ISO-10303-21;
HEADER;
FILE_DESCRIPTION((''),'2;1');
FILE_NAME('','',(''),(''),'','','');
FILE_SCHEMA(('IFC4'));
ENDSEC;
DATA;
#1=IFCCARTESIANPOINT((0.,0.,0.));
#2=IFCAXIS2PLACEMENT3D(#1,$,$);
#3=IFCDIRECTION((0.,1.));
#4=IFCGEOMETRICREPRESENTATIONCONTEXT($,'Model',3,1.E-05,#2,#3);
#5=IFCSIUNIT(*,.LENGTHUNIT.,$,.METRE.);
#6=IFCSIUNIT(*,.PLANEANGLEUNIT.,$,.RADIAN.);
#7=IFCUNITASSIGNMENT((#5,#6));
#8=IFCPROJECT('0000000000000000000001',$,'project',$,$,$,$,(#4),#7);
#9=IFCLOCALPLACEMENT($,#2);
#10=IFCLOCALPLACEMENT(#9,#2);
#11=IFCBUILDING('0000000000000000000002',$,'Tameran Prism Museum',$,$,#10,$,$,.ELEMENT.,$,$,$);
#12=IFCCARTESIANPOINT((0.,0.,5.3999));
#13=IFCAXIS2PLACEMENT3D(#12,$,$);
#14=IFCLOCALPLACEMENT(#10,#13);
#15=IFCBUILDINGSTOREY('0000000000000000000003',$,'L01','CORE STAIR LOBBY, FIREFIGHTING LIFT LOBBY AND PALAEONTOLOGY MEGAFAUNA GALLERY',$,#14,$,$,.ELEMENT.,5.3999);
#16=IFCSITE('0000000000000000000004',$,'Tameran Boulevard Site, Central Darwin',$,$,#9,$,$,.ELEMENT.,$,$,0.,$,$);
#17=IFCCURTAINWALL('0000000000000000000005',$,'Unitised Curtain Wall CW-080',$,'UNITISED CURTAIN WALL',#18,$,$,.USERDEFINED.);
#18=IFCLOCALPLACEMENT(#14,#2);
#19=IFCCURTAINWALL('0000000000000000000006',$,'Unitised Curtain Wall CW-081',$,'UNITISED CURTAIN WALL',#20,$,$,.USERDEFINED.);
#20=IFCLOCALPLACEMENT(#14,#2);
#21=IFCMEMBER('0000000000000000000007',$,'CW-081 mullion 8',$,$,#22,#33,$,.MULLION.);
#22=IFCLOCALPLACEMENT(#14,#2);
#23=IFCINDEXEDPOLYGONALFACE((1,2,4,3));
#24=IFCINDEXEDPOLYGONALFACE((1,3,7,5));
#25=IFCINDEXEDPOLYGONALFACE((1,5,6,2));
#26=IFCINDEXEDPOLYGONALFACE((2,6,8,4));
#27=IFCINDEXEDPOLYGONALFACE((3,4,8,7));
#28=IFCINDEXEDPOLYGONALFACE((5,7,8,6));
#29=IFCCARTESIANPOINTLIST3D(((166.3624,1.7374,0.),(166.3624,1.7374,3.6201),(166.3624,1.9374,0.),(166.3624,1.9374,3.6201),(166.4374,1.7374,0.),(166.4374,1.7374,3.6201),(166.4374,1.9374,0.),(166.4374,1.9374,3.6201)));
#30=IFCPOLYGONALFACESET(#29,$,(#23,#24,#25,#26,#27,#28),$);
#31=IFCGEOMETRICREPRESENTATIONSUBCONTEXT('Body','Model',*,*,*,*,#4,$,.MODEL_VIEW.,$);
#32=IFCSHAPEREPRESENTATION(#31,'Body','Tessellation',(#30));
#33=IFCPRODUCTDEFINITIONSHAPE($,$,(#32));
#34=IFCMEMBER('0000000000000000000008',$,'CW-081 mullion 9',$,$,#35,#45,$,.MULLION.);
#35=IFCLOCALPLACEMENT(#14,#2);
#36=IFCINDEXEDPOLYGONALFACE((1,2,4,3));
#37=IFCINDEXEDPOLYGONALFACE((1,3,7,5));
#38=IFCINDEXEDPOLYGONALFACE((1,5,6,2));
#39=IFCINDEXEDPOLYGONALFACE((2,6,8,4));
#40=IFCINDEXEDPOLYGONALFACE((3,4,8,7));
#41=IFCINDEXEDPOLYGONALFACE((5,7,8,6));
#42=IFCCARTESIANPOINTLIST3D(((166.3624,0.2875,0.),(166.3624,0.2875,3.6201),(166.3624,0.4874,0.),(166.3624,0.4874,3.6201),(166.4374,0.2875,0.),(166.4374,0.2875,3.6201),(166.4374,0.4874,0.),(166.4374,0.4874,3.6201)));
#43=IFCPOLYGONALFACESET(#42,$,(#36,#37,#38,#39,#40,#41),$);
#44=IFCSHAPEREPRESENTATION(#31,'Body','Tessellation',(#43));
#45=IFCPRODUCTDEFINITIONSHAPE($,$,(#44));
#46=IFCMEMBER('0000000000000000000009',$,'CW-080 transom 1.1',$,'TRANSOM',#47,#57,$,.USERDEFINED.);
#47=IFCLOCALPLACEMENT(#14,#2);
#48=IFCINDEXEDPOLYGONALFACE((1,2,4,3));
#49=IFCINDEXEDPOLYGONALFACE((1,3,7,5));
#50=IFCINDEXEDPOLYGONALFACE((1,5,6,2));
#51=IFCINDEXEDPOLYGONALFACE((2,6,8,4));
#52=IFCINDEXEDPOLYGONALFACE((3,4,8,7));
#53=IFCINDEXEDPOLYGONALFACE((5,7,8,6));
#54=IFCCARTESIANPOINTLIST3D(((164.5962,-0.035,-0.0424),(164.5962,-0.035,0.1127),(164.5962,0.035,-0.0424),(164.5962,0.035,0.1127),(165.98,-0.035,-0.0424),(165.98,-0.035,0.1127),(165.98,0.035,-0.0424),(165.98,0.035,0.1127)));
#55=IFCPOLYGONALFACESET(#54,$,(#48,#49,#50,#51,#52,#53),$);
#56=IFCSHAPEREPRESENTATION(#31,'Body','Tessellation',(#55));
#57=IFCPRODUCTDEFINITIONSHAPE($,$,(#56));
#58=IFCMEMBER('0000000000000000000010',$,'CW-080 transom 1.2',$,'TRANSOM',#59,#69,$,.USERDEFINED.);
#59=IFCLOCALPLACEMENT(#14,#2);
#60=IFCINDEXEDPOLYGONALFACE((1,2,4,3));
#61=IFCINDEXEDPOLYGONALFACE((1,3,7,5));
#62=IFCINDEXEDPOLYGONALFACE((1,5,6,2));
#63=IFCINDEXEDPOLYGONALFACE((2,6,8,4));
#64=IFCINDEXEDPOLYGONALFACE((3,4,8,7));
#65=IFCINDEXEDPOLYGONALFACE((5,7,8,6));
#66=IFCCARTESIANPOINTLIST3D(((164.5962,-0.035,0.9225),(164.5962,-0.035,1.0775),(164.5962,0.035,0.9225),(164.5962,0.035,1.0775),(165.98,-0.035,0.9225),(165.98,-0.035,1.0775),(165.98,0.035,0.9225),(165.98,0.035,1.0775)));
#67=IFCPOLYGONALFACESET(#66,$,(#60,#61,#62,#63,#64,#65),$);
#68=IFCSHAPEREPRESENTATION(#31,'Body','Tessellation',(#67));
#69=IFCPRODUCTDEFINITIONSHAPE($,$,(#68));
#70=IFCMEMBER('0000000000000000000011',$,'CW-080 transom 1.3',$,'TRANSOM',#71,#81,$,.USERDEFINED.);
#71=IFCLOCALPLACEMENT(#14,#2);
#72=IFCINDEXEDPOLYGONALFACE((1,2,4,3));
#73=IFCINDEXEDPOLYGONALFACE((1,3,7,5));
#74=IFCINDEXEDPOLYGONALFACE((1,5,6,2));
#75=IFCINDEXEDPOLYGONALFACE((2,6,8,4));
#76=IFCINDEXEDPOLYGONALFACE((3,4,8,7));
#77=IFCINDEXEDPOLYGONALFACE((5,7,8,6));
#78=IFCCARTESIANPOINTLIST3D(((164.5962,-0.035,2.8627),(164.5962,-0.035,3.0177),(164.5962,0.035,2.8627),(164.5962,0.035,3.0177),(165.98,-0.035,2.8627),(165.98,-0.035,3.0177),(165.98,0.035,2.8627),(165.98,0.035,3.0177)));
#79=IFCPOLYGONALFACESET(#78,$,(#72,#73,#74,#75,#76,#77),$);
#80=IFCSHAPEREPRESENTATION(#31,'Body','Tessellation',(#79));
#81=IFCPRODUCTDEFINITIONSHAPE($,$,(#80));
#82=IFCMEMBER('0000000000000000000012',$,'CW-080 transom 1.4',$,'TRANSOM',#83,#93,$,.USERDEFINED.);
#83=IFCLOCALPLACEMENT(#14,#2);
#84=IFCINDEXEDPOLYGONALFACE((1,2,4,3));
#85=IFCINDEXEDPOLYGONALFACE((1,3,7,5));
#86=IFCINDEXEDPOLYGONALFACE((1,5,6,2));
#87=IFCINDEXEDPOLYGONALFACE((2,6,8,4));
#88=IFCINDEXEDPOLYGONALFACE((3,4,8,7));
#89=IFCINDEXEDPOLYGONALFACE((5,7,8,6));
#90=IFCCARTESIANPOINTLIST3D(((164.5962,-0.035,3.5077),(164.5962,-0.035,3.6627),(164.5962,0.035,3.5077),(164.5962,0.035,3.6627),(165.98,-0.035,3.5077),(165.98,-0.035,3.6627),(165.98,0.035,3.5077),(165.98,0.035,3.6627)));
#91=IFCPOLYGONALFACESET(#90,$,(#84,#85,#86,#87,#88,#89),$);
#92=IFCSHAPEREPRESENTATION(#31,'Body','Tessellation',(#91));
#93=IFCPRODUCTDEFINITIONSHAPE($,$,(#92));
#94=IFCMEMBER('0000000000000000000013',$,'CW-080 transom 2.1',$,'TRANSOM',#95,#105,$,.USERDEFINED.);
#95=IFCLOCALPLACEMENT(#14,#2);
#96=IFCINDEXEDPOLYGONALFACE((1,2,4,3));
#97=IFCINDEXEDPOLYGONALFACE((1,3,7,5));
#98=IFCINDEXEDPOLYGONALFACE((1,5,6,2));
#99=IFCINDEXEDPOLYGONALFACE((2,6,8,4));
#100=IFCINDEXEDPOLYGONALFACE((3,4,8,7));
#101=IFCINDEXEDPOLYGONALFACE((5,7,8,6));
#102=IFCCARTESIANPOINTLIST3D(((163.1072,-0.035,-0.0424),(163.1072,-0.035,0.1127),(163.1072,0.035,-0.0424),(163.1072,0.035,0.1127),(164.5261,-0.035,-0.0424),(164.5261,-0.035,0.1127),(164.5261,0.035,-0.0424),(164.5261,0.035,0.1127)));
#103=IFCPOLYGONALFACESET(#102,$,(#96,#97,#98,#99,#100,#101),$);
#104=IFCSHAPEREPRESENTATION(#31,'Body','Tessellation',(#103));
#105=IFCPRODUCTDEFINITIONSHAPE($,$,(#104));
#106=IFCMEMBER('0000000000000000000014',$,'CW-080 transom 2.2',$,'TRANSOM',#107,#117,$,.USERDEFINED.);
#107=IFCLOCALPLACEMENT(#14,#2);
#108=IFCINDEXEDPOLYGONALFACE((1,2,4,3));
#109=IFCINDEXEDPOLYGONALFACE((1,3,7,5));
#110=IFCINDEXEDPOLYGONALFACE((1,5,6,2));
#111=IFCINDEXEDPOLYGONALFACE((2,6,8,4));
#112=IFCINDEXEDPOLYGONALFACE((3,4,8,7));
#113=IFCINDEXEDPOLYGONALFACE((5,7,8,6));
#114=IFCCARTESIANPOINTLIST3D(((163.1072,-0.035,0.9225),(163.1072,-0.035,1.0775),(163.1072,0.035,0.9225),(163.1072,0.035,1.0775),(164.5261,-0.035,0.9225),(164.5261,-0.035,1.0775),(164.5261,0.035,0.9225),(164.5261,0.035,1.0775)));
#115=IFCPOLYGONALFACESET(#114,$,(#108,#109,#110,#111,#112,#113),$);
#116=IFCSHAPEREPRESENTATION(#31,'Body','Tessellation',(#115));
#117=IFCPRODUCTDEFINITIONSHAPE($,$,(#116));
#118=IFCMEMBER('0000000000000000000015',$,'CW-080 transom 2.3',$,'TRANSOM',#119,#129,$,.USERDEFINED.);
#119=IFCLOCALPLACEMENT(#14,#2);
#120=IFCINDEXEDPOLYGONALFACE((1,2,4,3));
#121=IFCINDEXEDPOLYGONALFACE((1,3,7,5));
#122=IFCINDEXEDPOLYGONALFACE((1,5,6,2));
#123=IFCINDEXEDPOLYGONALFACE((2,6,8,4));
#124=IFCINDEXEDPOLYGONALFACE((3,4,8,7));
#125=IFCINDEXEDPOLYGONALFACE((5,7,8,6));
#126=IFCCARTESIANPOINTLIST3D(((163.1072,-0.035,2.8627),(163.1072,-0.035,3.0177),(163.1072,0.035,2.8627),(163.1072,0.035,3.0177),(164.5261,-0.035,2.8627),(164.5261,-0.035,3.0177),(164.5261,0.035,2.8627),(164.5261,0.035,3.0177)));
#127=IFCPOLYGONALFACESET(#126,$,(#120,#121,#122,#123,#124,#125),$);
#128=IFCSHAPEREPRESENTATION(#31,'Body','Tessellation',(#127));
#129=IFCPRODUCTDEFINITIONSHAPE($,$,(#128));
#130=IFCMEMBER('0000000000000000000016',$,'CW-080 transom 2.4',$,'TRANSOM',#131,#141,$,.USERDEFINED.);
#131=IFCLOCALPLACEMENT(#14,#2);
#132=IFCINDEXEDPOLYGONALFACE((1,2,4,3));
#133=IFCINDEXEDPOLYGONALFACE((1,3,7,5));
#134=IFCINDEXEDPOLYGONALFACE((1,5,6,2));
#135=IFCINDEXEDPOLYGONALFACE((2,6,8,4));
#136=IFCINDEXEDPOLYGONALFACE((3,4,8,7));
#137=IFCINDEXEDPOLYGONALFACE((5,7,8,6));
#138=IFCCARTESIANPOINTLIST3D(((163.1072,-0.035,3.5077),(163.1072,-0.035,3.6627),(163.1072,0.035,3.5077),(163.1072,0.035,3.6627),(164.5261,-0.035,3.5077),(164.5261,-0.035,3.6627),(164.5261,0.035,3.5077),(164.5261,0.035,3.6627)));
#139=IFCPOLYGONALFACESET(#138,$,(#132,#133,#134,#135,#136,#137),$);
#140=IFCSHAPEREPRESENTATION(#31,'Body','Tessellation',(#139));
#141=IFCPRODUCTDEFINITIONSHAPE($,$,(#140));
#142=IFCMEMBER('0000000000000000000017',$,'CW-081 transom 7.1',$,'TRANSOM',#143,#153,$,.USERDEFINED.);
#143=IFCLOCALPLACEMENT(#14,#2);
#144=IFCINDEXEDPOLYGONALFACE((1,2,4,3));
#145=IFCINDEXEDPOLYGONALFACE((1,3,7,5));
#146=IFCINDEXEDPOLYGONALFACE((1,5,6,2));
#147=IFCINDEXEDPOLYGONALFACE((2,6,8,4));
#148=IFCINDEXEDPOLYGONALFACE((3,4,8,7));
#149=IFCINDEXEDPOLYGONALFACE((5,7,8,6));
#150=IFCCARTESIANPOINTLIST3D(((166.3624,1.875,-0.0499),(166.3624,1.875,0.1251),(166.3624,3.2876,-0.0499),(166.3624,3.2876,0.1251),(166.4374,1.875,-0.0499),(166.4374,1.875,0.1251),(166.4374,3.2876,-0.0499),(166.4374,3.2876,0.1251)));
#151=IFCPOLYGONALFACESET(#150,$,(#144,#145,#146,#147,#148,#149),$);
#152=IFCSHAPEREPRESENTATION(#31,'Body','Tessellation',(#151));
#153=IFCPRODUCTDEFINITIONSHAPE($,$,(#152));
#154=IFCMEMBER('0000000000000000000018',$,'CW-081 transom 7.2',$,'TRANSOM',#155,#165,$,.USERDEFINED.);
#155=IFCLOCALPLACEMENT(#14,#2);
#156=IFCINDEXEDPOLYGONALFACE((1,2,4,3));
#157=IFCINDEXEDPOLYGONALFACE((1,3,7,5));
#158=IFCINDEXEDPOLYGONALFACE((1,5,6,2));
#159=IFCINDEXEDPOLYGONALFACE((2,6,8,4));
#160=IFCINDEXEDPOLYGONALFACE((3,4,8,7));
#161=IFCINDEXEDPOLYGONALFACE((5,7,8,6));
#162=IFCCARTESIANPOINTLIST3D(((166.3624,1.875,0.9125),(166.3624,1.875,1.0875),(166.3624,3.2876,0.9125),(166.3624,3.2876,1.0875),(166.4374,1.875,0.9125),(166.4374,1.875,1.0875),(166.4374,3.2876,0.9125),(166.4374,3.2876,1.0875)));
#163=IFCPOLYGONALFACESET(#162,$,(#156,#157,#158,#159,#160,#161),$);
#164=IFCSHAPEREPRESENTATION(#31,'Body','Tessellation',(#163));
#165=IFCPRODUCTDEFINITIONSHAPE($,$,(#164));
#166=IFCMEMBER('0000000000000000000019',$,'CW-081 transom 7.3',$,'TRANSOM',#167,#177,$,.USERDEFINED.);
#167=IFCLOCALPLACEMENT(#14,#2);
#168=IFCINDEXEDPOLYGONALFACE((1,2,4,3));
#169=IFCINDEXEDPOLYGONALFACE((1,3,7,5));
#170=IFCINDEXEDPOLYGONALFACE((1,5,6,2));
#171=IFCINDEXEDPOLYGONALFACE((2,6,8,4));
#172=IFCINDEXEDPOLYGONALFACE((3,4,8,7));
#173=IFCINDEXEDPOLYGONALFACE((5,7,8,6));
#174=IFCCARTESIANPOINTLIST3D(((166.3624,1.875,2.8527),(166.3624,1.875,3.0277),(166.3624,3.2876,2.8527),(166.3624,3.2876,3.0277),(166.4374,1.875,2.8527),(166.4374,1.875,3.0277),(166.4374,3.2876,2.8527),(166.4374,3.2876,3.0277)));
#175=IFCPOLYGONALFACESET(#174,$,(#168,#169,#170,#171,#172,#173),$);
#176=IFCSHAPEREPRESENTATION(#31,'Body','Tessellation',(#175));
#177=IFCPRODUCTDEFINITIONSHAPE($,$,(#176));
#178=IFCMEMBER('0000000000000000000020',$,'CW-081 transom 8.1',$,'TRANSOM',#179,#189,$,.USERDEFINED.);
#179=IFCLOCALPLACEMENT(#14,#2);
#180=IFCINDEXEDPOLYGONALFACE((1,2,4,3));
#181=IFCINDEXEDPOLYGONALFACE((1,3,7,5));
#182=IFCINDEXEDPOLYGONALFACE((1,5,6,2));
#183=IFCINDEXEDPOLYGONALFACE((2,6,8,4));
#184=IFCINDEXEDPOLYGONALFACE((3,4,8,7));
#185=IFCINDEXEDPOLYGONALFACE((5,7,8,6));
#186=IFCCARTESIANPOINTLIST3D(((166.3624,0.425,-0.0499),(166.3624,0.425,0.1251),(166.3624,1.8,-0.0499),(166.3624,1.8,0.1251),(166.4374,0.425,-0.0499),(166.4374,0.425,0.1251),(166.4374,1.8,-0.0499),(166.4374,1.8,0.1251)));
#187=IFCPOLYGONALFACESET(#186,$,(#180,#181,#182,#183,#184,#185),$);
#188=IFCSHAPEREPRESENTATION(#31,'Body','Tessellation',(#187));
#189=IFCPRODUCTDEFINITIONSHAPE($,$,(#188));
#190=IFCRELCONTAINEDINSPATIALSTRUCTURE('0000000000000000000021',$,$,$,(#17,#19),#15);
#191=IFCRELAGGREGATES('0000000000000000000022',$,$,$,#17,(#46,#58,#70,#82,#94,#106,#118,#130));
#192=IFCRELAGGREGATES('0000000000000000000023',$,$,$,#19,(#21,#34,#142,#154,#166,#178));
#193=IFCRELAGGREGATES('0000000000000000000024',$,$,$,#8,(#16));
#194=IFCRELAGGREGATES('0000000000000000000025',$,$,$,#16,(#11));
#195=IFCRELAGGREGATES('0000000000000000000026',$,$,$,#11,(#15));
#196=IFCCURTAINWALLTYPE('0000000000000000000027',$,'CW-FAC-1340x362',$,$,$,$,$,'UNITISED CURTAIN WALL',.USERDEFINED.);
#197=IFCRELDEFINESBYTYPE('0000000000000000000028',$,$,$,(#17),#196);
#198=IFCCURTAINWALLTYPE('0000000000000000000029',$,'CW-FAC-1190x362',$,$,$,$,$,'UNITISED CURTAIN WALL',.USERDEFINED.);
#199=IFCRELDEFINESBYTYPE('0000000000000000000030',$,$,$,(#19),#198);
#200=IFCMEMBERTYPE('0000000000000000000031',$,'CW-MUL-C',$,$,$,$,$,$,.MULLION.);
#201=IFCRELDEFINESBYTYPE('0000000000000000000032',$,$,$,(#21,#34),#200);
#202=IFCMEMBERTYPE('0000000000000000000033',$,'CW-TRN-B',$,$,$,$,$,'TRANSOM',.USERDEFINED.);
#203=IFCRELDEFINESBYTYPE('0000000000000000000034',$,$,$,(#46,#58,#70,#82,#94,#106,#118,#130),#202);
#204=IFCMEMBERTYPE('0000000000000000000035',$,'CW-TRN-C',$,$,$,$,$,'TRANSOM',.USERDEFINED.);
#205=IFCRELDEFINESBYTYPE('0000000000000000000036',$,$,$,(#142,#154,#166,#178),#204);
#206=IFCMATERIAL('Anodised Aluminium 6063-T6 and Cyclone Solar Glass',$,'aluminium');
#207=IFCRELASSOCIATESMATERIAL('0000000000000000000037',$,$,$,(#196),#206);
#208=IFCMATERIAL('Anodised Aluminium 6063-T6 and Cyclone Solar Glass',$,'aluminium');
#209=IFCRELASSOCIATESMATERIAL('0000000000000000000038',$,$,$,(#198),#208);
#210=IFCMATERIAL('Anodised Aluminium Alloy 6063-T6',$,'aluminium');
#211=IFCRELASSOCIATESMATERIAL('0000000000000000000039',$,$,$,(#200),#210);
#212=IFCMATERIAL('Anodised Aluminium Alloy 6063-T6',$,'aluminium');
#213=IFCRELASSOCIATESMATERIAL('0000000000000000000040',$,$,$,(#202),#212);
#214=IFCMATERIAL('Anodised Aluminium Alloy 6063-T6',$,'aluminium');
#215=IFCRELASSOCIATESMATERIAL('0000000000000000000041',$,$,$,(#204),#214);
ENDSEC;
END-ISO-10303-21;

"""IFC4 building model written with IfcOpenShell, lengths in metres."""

from ifc_helpers import new_model, si_unit, direction, frame, origin, origin_2d, place, context, subcontext, project, spatial, rectangle, extrude, material, material_profile, profile_set, type_object, element, aggregate, save


model = new_model("IFC4")

# Units and contexts
model_context = context("Model", 3, precision=1e-05, world=origin(), true_north=direction((0.0, 1.0)))
body_context = subcontext(model_context, "Body", "Model", "MODEL_VIEW")
ifc_project = project(units=[si_unit("LENGTHUNIT", "METRE"), si_unit("PLANEANGLEUNIT", "RADIAN")], contexts=[model_context])

# Site, building, storey
site_placement = place(None, origin())
site = spatial("IfcSite", under=ifc_project, at=site_placement, Name="Tameran Boulevard Site, Central Darwin", CompositionType="ELEMENT", RefElevation=0.0)
building_placement = place(site_placement, origin())
building = spatial("IfcBuilding", under=site, at=building_placement, Name="Tameran Prism Museum", CompositionType="ELEMENT")
storey_placement = place(building_placement, frame((0.0, 0.0, 5.3999)))
storey = spatial("IfcBuildingStorey", under=building, at=storey_placement, Name="L01", Description="CORE STAIR LOBBY, FIREFIGHTING LIFT LOBBY AND PALAEONTOLOGY MEGAFAUNA GALLERY", CompositionType="ELEMENT", Elevation=5.3999)

# Curtain walls, members
ifc_material_1 = material(Name="Anodised Aluminium 6063-T6 and Cyclone Solar Glass", Category="aluminium")
curtain_wall_type_1 = type_object("IfcCurtainWallType", Name="CW-FAC-1340x362", ElementType="UNITISED CURTAIN WALL", PredefinedType="USERDEFINED", material=ifc_material_1)
curtain_wall_1_placement = place(storey_placement, origin())
curtain_wall_1 = element("IfcCurtainWall", 1, at=curtain_wall_1_placement, inside=storey, type_object=curtain_wall_type_1, Name="Unitised Curtain Wall CW-080", ObjectType="UNITISED CURTAIN WALL", PredefinedType="USERDEFINED")
ifc_material_2 = material(Name="Anodised Aluminium 6063-T6 and Cyclone Solar Glass", Category="aluminium")
curtain_wall_type_2 = type_object("IfcCurtainWallType", Name="CW-FAC-1190x362", ElementType="UNITISED CURTAIN WALL", PredefinedType="USERDEFINED", material=ifc_material_2)
curtain_wall_2_placement = place(storey_placement, origin())
curtain_wall_2 = element("IfcCurtainWall", 2, at=curtain_wall_2_placement, inside=storey, type_object=curtain_wall_type_2, Name="Unitised Curtain Wall CW-081", ObjectType="UNITISED CURTAIN WALL", PredefinedType="USERDEFINED")
ifc_material_3 = material(Name="Anodised Aluminium Alloy 6063-T6", Category="aluminium")
ifc_material_profile_1 = material_profile(ifc_material_3, rectangle(XDim=0.075, YDim=0.2, at=origin_2d()))
ifc_profile_set_1 = profile_set([ifc_material_profile_1])
member_type_1 = type_object("IfcMemberType", Name="CW-MUL-C", PredefinedType="MULLION", material=ifc_profile_set_1)
member_1_placement = place(storey_placement, frame((166.3999, 1.8374, 0.0), z_axis=(0.0, 0.0, 1.0), x_axis=(1.0, 0.0, 0.0)))
member_1 = element("IfcMember", 3, at=member_1_placement, type_object=member_type_1, Name="CW-081 mullion 8", PredefinedType="MULLION", context=body_context, shape_type="SweptSolid", body=[
    extrude(rectangle(XDim=0.075, YDim=0.2, at=origin_2d()), origin(), (0.0, 0.0, 1.0), 3.6201),
])
member_2_placement = place(storey_placement, frame((166.3999, 0.3875, 0.0), z_axis=(0.0, 0.0, 1.0), x_axis=(1.0, 0.0, 0.0)))
member_2 = element("IfcMember", 4, at=member_2_placement, type_object=member_type_1, Name="CW-081 mullion 9", PredefinedType="MULLION", context=body_context, shape_type="SweptSolid", body=[
    extrude(rectangle(XDim=0.075, YDim=0.2, at=origin_2d()), origin(), (0.0, 0.0, 1.0), 3.6201),
])

# Members
ifc_material_4 = material(Name="Anodised Aluminium Alloy 6063-T6", Category="aluminium")
ifc_material_profile_2 = material_profile(ifc_material_4, rectangle(XDim=0.0701, YDim=0.155, at=origin_2d()))
ifc_profile_set_2 = profile_set([ifc_material_profile_2])
member_type_2 = type_object("IfcMemberType", Name="CW-TRN-B", ElementType="TRANSOM", PredefinedType="USERDEFINED", material=ifc_profile_set_2)
member_3_placement = place(storey_placement, frame((165.98, 0.0, 0.0352), z_axis=(-1.0, 0.0, 0.0), x_axis=(0.0, -1.0, 0.0)))
member_3 = element("IfcMember", 5, at=member_3_placement, type_object=member_type_2, Name="CW-080 transom 1.1", ObjectType="TRANSOM", PredefinedType="USERDEFINED", context=body_context, shape_type="SweptSolid", body=[
    extrude(rectangle(XDim=0.0701, YDim=0.155, at=origin_2d()), origin(), (0.0, 0.0, 1.0), 1.3838),
])
member_4_placement = place(storey_placement, frame((165.98, 0.0, 1.0), z_axis=(-1.0, 0.0, 0.0), x_axis=(0.0, -1.0, 0.0)))
member_4 = element("IfcMember", 6, at=member_4_placement, type_object=member_type_2, Name="CW-080 transom 1.2", ObjectType="TRANSOM", PredefinedType="USERDEFINED", context=body_context, shape_type="SweptSolid", body=[
    extrude(rectangle(XDim=0.0701, YDim=0.155, at=origin_2d()), origin(), (0.0, 0.0, 1.0), 1.3838),
])
member_5_placement = place(storey_placement, frame((165.98, 0.0, 2.9402), z_axis=(-1.0, 0.0, 0.0), x_axis=(0.0, -1.0, 0.0)))
member_5 = element("IfcMember", 7, at=member_5_placement, type_object=member_type_2, Name="CW-080 transom 1.3", ObjectType="TRANSOM", PredefinedType="USERDEFINED", context=body_context, shape_type="SweptSolid", body=[
    extrude(rectangle(XDim=0.0701, YDim=0.155, at=origin_2d()), origin(), (0.0, 0.0, 1.0), 1.3838),
])
member_6_placement = place(storey_placement, frame((165.98, 0.0, 3.5852), z_axis=(-1.0, 0.0, 0.0), x_axis=(0.0, -1.0, 0.0)))
member_6 = element("IfcMember", 8, at=member_6_placement, type_object=member_type_2, Name="CW-080 transom 1.4", ObjectType="TRANSOM", PredefinedType="USERDEFINED", context=body_context, shape_type="SweptSolid", body=[
    extrude(rectangle(XDim=0.0701, YDim=0.155, at=origin_2d()), origin(), (0.0, 0.0, 1.0), 1.3838),
])
member_7_placement = place(storey_placement, frame((164.5261, 0.0, 0.0352), z_axis=(-1.0, 0.0, 0.0), x_axis=(0.0, -1.0, 0.0)))
member_7 = element("IfcMember", 9, at=member_7_placement, type_object=member_type_2, Name="CW-080 transom 2.1", ObjectType="TRANSOM", PredefinedType="USERDEFINED", context=body_context, shape_type="SweptSolid", body=[
    extrude(rectangle(XDim=0.0701, YDim=0.155, at=origin_2d()), origin(), (0.0, 0.0, 1.0), 1.4189),
])
member_8_placement = place(storey_placement, frame((164.5261, 0.0, 1.0), z_axis=(-1.0, 0.0, 0.0), x_axis=(0.0, -1.0, 0.0)))
member_8 = element("IfcMember", 10, at=member_8_placement, type_object=member_type_2, Name="CW-080 transom 2.2", ObjectType="TRANSOM", PredefinedType="USERDEFINED", context=body_context, shape_type="SweptSolid", body=[
    extrude(rectangle(XDim=0.0701, YDim=0.155, at=origin_2d()), origin(), (0.0, 0.0, 1.0), 1.4189),
])
member_9_placement = place(storey_placement, frame((164.5261, 0.0, 2.9402), z_axis=(-1.0, 0.0, 0.0), x_axis=(0.0, -1.0, 0.0)))
member_9 = element("IfcMember", 11, at=member_9_placement, type_object=member_type_2, Name="CW-080 transom 2.3", ObjectType="TRANSOM", PredefinedType="USERDEFINED", context=body_context, shape_type="SweptSolid", body=[
    extrude(rectangle(XDim=0.0701, YDim=0.155, at=origin_2d()), origin(), (0.0, 0.0, 1.0), 1.4189),
])
member_10_placement = place(storey_placement, frame((164.5261, 0.0, 3.5852), z_axis=(-1.0, 0.0, 0.0), x_axis=(0.0, -1.0, 0.0)))
member_10 = element("IfcMember", 12, at=member_10_placement, type_object=member_type_2, Name="CW-080 transom 2.4", ObjectType="TRANSOM", PredefinedType="USERDEFINED", context=body_context, shape_type="SweptSolid", body=[
    extrude(rectangle(XDim=0.0701, YDim=0.155, at=origin_2d()), origin(), (0.0, 0.0, 1.0), 1.4189),
])
ifc_material_5 = material(Name="Anodised Aluminium Alloy 6063-T6", Category="aluminium")
ifc_material_profile_3 = material_profile(ifc_material_5, rectangle(XDim=0.075, YDim=0.175, at=origin_2d()))
ifc_profile_set_3 = profile_set([ifc_material_profile_3])
member_type_3 = type_object("IfcMemberType", Name="CW-TRN-C", ElementType="TRANSOM", PredefinedType="USERDEFINED", material=ifc_profile_set_3)
member_11_placement = place(storey_placement, frame((166.3999, 3.2876, 0.0376), z_axis=(0.0, -1.0, 0.0), x_axis=(1.0, 0.0, 0.0)))
member_11 = element("IfcMember", 13, at=member_11_placement, type_object=member_type_3, Name="CW-081 transom 7.1", ObjectType="TRANSOM", PredefinedType="USERDEFINED", context=body_context, shape_type="SweptSolid", body=[
    extrude(rectangle(XDim=0.075, YDim=0.175, at=origin_2d()), origin(), (0.0, 0.0, 1.0), 1.4126),
])
member_12_placement = place(storey_placement, frame((166.3999, 3.2876, 1.0), z_axis=(0.0, -1.0, 0.0), x_axis=(1.0, 0.0, 0.0)))
member_12 = element("IfcMember", 14, at=member_12_placement, type_object=member_type_3, Name="CW-081 transom 7.2", ObjectType="TRANSOM", PredefinedType="USERDEFINED", context=body_context, shape_type="SweptSolid", body=[
    extrude(rectangle(XDim=0.075, YDim=0.175, at=origin_2d()), origin(), (0.0, 0.0, 1.0), 1.4126),
])
member_13_placement = place(storey_placement, frame((166.3999, 3.2876, 2.9402), z_axis=(0.0, -1.0, 0.0), x_axis=(1.0, 0.0, 0.0)))
member_13 = element("IfcMember", 15, at=member_13_placement, type_object=member_type_3, Name="CW-081 transom 7.3", ObjectType="TRANSOM", PredefinedType="USERDEFINED", context=body_context, shape_type="SweptSolid", body=[
    extrude(rectangle(XDim=0.075, YDim=0.175, at=origin_2d()), origin(), (0.0, 0.0, 1.0), 1.4126),
])
member_14_placement = place(storey_placement, frame((166.3999, 1.8, 0.0376), z_axis=(0.0, -1.0, 0.0), x_axis=(1.0, 0.0, 0.0)))
member_14 = element("IfcMember", 16, at=member_14_placement, type_object=member_type_3, Name="CW-081 transom 8.1", ObjectType="TRANSOM", PredefinedType="USERDEFINED", context=body_context, shape_type="SweptSolid", body=[
    extrude(rectangle(XDim=0.075, YDim=0.175, at=origin_2d()), origin(), (0.0, 0.0, 1.0), 1.375),
])

aggregate(curtain_wall_1, [member_3, member_4, member_5, member_6, member_7, member_8, member_9, member_10])
aggregate(curtain_wall_2, [member_1, member_2, member_11, member_12, member_13, member_14])

save(model, "model.ifc")
